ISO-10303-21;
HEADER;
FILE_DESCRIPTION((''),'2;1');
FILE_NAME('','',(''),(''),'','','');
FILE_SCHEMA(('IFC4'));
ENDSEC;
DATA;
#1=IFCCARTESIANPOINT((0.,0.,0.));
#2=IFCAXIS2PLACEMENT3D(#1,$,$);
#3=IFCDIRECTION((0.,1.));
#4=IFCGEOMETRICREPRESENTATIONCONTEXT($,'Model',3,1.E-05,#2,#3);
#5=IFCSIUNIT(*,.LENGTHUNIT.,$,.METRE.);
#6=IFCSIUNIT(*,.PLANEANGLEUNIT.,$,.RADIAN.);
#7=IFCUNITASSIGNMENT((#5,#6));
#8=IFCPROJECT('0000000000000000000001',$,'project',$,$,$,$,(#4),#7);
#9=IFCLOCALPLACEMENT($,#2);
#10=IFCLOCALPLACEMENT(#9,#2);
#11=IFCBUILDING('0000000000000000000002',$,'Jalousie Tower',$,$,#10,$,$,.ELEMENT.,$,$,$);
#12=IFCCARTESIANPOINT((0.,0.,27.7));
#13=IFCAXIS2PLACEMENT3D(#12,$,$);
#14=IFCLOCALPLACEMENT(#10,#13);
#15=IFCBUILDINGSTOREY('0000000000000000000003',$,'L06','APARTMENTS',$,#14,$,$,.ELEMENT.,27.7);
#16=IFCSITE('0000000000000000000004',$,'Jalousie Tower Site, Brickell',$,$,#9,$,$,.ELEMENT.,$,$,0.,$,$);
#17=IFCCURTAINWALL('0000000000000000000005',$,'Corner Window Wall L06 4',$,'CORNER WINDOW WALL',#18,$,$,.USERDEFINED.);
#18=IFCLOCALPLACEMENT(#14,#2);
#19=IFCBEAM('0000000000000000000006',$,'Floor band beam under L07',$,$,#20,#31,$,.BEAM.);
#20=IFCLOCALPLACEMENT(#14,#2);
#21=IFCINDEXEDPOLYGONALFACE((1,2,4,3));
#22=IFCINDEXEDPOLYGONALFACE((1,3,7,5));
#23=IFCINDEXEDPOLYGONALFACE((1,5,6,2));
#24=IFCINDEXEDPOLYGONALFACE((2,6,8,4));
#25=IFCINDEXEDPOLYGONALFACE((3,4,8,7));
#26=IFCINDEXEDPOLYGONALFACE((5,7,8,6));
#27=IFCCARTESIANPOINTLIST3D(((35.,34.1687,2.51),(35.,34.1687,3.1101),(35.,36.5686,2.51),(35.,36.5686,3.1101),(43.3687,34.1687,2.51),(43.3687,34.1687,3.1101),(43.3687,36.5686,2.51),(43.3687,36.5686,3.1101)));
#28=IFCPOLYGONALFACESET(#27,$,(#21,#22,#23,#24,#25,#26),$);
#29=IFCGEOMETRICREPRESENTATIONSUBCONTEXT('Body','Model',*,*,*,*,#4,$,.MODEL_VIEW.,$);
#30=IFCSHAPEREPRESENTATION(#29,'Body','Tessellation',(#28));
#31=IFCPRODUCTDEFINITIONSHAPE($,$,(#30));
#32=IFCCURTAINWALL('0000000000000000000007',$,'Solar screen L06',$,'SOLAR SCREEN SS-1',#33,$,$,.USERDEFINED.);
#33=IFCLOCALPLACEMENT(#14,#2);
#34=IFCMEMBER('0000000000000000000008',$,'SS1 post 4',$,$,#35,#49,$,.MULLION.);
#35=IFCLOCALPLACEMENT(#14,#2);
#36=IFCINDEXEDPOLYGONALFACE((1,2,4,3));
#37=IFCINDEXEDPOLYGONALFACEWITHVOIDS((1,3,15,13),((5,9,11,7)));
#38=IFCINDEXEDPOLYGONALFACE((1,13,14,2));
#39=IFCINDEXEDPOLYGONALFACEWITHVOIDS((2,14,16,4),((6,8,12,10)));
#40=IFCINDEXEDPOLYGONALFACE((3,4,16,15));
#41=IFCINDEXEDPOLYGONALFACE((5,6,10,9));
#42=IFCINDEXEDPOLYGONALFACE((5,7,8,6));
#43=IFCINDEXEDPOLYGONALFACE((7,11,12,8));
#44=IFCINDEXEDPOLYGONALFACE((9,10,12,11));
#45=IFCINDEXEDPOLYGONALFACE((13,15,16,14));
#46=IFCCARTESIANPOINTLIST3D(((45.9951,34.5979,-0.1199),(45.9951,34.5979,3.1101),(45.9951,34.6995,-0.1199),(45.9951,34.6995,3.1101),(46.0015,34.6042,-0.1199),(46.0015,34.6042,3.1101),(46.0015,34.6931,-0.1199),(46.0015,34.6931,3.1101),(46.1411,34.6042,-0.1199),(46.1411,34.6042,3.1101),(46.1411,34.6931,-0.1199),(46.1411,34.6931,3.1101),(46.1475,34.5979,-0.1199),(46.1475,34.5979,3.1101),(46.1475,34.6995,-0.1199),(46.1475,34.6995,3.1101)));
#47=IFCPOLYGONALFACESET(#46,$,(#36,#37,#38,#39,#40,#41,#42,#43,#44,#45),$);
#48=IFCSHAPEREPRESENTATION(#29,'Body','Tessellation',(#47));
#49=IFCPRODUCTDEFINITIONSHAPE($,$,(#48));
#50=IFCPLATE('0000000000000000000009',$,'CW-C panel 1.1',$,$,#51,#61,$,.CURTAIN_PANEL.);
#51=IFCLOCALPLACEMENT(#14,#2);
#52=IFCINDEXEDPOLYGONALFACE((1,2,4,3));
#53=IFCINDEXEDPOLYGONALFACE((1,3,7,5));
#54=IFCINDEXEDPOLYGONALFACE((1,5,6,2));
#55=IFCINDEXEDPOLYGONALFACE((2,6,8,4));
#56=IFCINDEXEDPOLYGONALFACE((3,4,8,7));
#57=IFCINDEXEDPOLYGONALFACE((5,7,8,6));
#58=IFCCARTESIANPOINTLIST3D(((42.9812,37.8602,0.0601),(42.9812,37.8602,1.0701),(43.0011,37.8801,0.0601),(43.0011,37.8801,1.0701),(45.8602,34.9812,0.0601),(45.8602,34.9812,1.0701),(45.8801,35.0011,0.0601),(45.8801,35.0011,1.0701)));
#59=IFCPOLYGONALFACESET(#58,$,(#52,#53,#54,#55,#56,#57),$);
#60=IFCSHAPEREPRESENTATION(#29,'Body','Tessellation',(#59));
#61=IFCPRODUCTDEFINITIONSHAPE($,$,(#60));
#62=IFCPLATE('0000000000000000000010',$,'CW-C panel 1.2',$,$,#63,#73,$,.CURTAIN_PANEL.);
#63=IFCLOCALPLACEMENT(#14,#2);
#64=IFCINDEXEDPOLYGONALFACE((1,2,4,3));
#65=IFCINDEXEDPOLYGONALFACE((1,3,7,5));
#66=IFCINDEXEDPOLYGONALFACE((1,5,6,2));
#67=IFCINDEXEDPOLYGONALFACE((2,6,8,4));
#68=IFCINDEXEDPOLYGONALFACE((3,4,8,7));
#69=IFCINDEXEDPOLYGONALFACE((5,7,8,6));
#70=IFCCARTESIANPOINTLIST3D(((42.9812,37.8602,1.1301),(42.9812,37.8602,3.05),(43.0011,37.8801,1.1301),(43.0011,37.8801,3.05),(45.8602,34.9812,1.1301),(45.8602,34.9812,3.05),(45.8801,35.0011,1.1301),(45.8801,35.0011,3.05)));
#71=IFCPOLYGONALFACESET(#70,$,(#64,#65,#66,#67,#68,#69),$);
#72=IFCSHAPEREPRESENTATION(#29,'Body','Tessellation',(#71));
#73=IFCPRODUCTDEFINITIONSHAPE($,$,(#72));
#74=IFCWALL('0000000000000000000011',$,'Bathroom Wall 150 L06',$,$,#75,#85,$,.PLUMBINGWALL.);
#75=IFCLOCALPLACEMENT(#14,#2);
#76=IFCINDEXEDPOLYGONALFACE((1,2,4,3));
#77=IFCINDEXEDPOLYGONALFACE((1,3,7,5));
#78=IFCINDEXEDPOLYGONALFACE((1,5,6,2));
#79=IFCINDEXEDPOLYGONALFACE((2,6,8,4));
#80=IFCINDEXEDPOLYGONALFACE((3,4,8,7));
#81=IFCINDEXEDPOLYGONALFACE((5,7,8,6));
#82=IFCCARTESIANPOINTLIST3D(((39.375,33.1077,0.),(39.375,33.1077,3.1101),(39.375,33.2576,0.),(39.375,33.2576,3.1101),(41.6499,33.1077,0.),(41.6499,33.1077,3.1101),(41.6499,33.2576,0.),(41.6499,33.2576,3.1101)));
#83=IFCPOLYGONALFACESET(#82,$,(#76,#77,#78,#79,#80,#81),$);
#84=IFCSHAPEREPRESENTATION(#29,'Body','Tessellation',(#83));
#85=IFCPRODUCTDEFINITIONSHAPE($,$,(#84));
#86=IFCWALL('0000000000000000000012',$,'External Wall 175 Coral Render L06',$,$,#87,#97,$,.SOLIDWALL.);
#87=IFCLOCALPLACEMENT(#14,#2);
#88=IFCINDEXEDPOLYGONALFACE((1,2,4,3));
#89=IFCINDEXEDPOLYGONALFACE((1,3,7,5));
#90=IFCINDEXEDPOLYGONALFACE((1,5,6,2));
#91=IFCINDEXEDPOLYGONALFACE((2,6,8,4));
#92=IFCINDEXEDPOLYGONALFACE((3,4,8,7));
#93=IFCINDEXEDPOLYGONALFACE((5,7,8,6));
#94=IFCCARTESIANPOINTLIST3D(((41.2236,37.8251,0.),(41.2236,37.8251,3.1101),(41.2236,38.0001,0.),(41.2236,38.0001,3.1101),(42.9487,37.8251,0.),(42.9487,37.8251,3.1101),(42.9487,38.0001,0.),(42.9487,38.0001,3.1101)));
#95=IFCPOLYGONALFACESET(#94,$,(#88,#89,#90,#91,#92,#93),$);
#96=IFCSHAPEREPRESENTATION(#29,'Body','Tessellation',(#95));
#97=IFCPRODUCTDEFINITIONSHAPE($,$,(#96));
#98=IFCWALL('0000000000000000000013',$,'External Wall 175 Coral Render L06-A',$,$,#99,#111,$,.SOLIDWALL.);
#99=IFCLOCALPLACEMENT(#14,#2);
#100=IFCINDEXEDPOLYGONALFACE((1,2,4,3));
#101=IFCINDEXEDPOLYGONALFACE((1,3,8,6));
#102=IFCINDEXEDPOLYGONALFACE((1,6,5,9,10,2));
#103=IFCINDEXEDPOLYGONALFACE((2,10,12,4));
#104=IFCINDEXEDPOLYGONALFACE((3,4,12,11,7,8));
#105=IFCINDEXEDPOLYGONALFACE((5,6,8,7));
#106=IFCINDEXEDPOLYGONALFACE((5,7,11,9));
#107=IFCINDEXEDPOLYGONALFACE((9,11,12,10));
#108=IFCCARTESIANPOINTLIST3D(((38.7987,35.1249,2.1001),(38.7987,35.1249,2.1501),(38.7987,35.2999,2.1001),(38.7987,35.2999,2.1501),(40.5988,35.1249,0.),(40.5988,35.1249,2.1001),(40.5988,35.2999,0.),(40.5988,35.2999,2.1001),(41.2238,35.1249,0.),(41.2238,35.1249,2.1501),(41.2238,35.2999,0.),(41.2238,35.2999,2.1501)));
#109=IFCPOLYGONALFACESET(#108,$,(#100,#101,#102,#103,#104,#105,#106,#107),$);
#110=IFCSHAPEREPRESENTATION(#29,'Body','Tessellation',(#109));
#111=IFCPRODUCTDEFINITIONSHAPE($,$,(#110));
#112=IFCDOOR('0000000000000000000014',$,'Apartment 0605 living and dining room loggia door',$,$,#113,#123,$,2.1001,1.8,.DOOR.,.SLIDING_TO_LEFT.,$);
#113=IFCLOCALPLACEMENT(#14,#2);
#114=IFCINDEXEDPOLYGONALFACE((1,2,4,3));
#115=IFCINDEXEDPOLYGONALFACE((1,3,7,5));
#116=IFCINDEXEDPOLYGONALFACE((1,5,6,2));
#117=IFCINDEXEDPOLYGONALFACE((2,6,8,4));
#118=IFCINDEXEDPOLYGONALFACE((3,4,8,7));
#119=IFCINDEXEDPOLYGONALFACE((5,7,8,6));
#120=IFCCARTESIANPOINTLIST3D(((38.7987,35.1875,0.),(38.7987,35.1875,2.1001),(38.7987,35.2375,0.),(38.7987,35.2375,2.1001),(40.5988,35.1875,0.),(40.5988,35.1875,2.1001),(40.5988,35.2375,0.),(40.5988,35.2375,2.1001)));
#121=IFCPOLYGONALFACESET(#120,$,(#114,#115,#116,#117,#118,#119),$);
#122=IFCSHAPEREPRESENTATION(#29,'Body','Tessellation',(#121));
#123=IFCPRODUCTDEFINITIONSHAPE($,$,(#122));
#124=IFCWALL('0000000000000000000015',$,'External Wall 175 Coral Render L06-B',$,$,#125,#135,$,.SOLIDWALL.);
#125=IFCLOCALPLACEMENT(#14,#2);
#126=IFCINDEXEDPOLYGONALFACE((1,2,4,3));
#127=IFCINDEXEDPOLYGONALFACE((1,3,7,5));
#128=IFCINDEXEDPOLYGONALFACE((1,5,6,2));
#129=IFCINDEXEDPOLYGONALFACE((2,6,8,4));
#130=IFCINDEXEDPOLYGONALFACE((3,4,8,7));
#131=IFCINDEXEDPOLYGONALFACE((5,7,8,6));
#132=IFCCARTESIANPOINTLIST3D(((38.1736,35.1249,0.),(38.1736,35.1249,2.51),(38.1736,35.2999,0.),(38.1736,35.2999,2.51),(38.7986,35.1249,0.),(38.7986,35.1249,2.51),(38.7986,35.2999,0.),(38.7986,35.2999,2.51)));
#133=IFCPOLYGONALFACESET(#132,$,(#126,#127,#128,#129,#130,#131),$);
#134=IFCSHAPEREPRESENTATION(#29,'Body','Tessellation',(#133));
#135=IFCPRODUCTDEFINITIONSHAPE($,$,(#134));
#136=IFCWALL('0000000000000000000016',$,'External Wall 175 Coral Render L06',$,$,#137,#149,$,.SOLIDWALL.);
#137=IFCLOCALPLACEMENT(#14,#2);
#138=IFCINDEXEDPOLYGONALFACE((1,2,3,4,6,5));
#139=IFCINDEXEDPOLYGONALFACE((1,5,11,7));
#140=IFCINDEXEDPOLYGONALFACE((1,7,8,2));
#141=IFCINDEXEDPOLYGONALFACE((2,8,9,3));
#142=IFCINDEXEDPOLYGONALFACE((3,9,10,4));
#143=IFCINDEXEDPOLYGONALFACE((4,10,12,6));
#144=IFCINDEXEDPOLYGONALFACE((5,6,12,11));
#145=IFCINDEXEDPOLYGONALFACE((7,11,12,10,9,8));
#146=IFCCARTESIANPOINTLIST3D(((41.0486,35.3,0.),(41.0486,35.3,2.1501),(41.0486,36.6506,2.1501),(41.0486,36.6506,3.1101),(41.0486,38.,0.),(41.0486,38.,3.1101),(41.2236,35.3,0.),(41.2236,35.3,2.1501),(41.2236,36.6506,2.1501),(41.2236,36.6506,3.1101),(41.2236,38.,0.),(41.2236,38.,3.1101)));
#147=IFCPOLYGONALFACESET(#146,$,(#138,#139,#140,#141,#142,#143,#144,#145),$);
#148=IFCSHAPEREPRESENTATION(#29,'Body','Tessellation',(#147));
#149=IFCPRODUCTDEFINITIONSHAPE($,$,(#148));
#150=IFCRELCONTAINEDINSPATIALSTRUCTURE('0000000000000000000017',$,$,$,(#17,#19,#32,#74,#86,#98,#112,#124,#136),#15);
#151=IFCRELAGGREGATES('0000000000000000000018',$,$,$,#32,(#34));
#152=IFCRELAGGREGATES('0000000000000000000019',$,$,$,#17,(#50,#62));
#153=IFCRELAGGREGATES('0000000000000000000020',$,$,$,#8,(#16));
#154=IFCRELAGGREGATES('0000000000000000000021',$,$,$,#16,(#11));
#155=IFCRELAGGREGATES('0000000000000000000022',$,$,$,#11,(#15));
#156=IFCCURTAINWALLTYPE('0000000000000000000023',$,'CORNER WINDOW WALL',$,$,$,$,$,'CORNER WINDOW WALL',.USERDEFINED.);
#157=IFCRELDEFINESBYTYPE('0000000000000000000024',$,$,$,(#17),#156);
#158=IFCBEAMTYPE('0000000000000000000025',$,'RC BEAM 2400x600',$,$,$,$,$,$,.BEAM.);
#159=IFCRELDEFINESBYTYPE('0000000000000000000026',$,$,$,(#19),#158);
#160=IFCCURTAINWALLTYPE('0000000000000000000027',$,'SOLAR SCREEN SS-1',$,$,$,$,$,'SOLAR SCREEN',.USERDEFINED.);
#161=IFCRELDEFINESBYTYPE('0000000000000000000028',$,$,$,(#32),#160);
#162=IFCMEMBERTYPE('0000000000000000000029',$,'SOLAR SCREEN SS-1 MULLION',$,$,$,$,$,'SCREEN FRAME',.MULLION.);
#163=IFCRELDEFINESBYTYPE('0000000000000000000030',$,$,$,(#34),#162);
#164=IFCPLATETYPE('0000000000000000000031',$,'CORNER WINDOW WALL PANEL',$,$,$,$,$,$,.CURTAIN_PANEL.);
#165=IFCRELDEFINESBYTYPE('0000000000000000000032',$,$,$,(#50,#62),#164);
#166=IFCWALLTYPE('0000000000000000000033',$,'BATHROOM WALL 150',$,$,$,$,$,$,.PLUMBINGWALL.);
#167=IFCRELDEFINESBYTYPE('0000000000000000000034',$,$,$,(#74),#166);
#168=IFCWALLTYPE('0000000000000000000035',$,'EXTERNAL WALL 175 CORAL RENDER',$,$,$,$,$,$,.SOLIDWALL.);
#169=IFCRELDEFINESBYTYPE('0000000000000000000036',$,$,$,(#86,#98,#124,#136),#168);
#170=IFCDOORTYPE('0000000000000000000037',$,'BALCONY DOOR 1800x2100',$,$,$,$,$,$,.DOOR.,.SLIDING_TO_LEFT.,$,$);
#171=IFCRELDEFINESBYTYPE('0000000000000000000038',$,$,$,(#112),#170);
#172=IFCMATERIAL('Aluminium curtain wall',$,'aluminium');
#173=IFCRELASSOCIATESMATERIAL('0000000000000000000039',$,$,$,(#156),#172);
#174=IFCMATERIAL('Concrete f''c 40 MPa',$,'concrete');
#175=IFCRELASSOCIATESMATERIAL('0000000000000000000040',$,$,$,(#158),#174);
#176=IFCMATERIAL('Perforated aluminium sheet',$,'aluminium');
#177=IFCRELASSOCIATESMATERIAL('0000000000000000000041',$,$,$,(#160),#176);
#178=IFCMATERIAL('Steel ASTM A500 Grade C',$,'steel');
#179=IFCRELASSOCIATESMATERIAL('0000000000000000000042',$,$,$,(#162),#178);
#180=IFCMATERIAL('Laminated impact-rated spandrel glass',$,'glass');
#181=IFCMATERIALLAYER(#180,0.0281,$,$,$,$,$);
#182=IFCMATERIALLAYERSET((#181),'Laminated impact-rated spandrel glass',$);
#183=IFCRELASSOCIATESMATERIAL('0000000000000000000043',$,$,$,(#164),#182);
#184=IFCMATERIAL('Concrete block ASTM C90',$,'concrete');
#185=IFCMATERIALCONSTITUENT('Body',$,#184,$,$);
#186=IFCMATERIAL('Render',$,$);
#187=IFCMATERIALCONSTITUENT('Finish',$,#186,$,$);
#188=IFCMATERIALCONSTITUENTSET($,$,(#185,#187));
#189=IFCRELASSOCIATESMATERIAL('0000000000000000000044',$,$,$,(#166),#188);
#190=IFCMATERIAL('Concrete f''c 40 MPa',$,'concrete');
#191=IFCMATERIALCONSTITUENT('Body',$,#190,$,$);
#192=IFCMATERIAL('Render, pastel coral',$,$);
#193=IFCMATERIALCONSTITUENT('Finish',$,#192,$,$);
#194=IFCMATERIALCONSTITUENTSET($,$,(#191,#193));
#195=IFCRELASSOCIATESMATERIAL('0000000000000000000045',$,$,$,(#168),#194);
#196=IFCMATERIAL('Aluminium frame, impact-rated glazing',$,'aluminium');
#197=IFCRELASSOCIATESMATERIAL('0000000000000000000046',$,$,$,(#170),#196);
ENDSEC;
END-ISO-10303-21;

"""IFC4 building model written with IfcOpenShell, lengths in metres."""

from ifc_helpers import new_model, si_unit, direction, frame, frame_2d, origin, origin_2d, place, context, subcontext, project, spatial, polyline, rectangle, hollow_rectangle, outline, extrude, material, layer, layer_set, constituent, constituent_set, material_profile, profile_set, type_object, element, fill, aggregate, save


model = new_model("IFC4")

# Units and contexts
model_context = context("Model", 3, precision=1e-05, world=origin(), true_north=direction((0.0, 1.0)))
body_context = subcontext(model_context, "Body", "Model", "MODEL_VIEW")
ifc_project = project(units=[si_unit("LENGTHUNIT", "METRE"), si_unit("PLANEANGLEUNIT", "RADIAN")], contexts=[model_context])

# Site, building, storey
site_placement = place(None, origin())
site = spatial("IfcSite", under=ifc_project, at=site_placement, Name="Jalousie Tower Site, Brickell", CompositionType="ELEMENT", RefElevation=0.0)
building_placement = place(site_placement, origin())
building = spatial("IfcBuilding", under=site, at=building_placement, Name="Jalousie Tower", CompositionType="ELEMENT")
storey_placement = place(building_placement, frame((0.0, 0.0, 27.7)))
storey = spatial("IfcBuildingStorey", under=building, at=storey_placement, Name="L06", Description="APARTMENTS", CompositionType="ELEMENT", Elevation=27.7)

# Curtain wall
ifc_material_1 = material(Name="Aluminium curtain wall", Category="aluminium")
curtain_wall_type_1 = type_object("IfcCurtainWallType", Name="CORNER WINDOW WALL", ElementType="CORNER WINDOW WALL", PredefinedType="USERDEFINED", material=ifc_material_1)
curtain_wall_1_placement = place(storey_placement, origin())
curtain_wall_1 = element("IfcCurtainWall", 1, at=curtain_wall_1_placement, inside=storey, type_object=curtain_wall_type_1, Name="Corner Window Wall L06 4", ObjectType="CORNER WINDOW WALL", PredefinedType="USERDEFINED")

# Beam
ifc_material_2 = material(Name="Concrete f'c 40 MPa", Category="concrete")
ifc_material_profile_1 = material_profile(ifc_material_2, rectangle(XDim=2.3999, YDim=0.6001, at=origin_2d()), Name="RC 2400x600")
ifc_profile_set_1 = profile_set([ifc_material_profile_1], Name="Concrete f'c 40 MPa")
beam_type_1 = type_object("IfcBeamType", Name="RC BEAM 2400x600", PredefinedType="BEAM", material=ifc_profile_set_1)
beam_1_placement = place(storey_placement, frame((43.3687, 35.3687, 2.8101), z_axis=(-1.0, 0.0, 0.0), x_axis=(0.0, -1.0, 0.0)))
element("IfcBeam", 2, at=beam_1_placement, inside=storey, type_object=beam_type_1, Name="Floor band beam under L07", PredefinedType="BEAM", context=body_context, shape_type="SweptSolid", body=[
    extrude(rectangle(XDim=2.3999, YDim=0.6001, at=origin_2d()), origin(), (0.0, 0.0, 1.0), 8.3687),
])

# Curtain wall, member
ifc_material_3 = material(Name="Perforated aluminium sheet", Category="aluminium")
curtain_wall_type_2 = type_object("IfcCurtainWallType", Name="SOLAR SCREEN SS-1", ElementType="SOLAR SCREEN", PredefinedType="USERDEFINED", material=ifc_material_3)
curtain_wall_2_placement = place(storey_placement, origin())
curtain_wall_2 = element("IfcCurtainWall", 3, at=curtain_wall_2_placement, inside=storey, type_object=curtain_wall_type_2, Name="Solar screen L06", ObjectType="SOLAR SCREEN SS-1", PredefinedType="USERDEFINED")
ifc_material_4 = material(Name="Steel ASTM A500 Grade C", Category="steel")
ifc_material_profile_2 = material_profile(ifc_material_4, hollow_rectangle(XDim=0.1016, YDim=0.1523, WallThickness=0.0063, at=origin_2d()), Name="HSS6X4X1/4")
ifc_profile_set_2 = profile_set([ifc_material_profile_2], Name="Steel ASTM A500 Grade C")
member_type_1 = type_object("IfcMemberType", Name="SOLAR SCREEN SS-1 MULLION", ElementType="SCREEN FRAME", PredefinedType="MULLION", material=ifc_profile_set_2)
member_1_placement = place(storey_placement, frame((46.0713, 34.6487, -0.1199), z_axis=(0.0, 0.0, 1.0), x_axis=(0.0, 1.0, 0.0)))
member_1 = element("IfcMember", 4, at=member_1_placement, type_object=member_type_1, Name="SS1 post 4", PredefinedType="MULLION", context=body_context, shape_type="SweptSolid", body=[
    extrude(hollow_rectangle(XDim=0.1016, YDim=0.1523, WallThickness=0.0063, at=origin_2d()), origin(), (0.0, 0.0, 1.0), 3.23),
])
aggregate(curtain_wall_2, [member_1])

# Plates
ifc_material_5 = material(Name="Laminated impact-rated spandrel glass", Category="glass")
ifc_layer_1 = layer(ifc_material_5, 0.0281)
ifc_layer_set_1 = layer_set([ifc_layer_1], Name="Laminated impact-rated spandrel glass")
plate_type = type_object("IfcPlateType", Name="CORNER WINDOW WALL PANEL", PredefinedType="CURTAIN_PANEL", material=ifc_layer_set_1)
plate_1_placement = place(storey_placement, frame((44.4307, 36.4307, 0.0601), z_axis=(0.0, 0.0, 1.0), x_axis=(-0.707107, 0.707107, 0.0)))
plate_1 = element("IfcPlate", 5, at=plate_1_placement, type_object=plate_type, Name="CW-C panel 1.1", PredefinedType="CURTAIN_PANEL", context=body_context, shape_type="SweptSolid", body=[
    extrude(rectangle(XDim=4.0715, YDim=0.0281, at=origin_2d()), origin(), (0.0, 0.0, 1.0), 1.01),
])
plate_2_placement = place(storey_placement, frame((44.4307, 36.4307, 1.1301), z_axis=(0.0, 0.0, 1.0), x_axis=(-0.707107, 0.707107, 0.0)))
plate_2 = element("IfcPlate", 6, at=plate_2_placement, type_object=plate_type, Name="CW-C panel 1.2", PredefinedType="CURTAIN_PANEL", context=body_context, shape_type="SweptSolid", body=[
    extrude(rectangle(XDim=4.0715, YDim=0.0281, at=origin_2d()), origin(), (0.0, 0.0, 1.0), 1.9199),
])
aggregate(curtain_wall_1, [plate_1, plate_2])

# Walls
ifc_material_6 = material(Name="Concrete block ASTM C90", Category="concrete")
ifc_constituent_1 = constituent(ifc_material_6, Name="Body")
ifc_material_7 = material(Name="Render")
ifc_constituent_2 = constituent(ifc_material_7, Name="Finish")
ifc_constituent_set_1 = constituent_set(constituents=[ifc_constituent_1, ifc_constituent_2])
wall_type_1 = type_object("IfcWallType", Name="BATHROOM WALL 150", PredefinedType="PLUMBINGWALL", material=ifc_constituent_set_1)
wall_1_placement = place(storey_placement, frame((39.375, 33.1826, 0.0), z_axis=(0.0, 0.0, 1.0), x_axis=(1.0, 0.0, 0.0)))
element("IfcWall", 7, at=wall_1_placement, inside=storey, type_object=wall_type_1, Name="Bathroom Wall 150 L06", PredefinedType="PLUMBINGWALL", context=body_context, shape_type="SweptSolid", body=[
    extrude(rectangle(XDim=2.2749, YDim=0.1499, at=frame_2d((1.1375, 0.0))), origin(), (0.0, 0.0, 1.0), 3.1101),
])
ifc_material_8 = material(Name="Concrete f'c 40 MPa", Category="concrete")
ifc_constituent_3 = constituent(ifc_material_8, Name="Body")
ifc_material_9 = material(Name="Render, pastel coral")
ifc_constituent_4 = constituent(ifc_material_9, Name="Finish")
ifc_constituent_set_2 = constituent_set(constituents=[ifc_constituent_3, ifc_constituent_4])
wall_type_2 = type_object("IfcWallType", Name="EXTERNAL WALL 175 CORAL RENDER", PredefinedType="SOLIDWALL", material=ifc_constituent_set_2)
wall_2_placement = place(storey_placement, frame((42.9487, 37.9126, 0.0), z_axis=(0.0, 0.0, 1.0), x_axis=(-1.0, 0.0, 0.0)))
element("IfcWall", 8, at=wall_2_placement, inside=storey, type_object=wall_type_2, Name="External Wall 175 Coral Render L06", PredefinedType="SOLIDWALL", context=body_context, shape_type="SweptSolid", body=[
    extrude(rectangle(XDim=1.7251, YDim=0.175, at=frame_2d((0.8625, 0.0))), origin(), (0.0, 0.0, 1.0), 3.1101),
])

# Wall, opening, door
wall_3_placement = place(storey_placement, frame((41.2236, 35.2124, 0.0), z_axis=(0.0, 0.0, 1.0), x_axis=(-1.0, 0.0, 0.0)))
wall_3 = element("IfcWall", 9, at=wall_3_placement, inside=storey, type_object=wall_type_2, Name="External Wall 175 Coral Render L06-A", PredefinedType="SOLIDWALL", context=body_context, shape_type="SweptSolid", body=[
    extrude(rectangle(XDim=2.425, YDim=0.175, at=frame_2d((1.2124, 0.0))), origin(), (0.0, 0.0, 1.0), 2.1501),
])
opening_1_placement = place(wall_3_placement, frame((0.625, 0.0, 0.0)))
opening_1 = element("IfcOpeningElement", 10, at=opening_1_placement, cuts=wall_3, PredefinedType="OPENING", context=body_context, shape_type="SweptSolid", body=[
    extrude(rectangle(XDim=1.8, YDim=2.1001, at=frame_2d((0.8999, 1.05))), frame((0.0, 0.0974, 0.0), z_axis=(0.0, -1.0, 0.0), x_axis=(1.0, 0.0, 0.0)), (0.0, 0.0, 1.0), 0.1951),
])
ifc_material_10 = material(Name="Aluminium frame, impact-rated glazing", Category="aluminium")
door_type_1 = type_object("IfcDoorType", Name="BALCONY DOOR 1800x2100", OperationType="SLIDING_TO_LEFT", PredefinedType="DOOR", material=ifc_material_10)
door_1_placement = place(opening_1_placement, origin())
door_1 = element("IfcDoor", 11, at=door_1_placement, inside=storey, type_object=door_type_1, Name="Apartment 0605 living and dining room loggia door", OperationType="SLIDING_TO_LEFT", OverallHeight=2.1001, OverallWidth=1.8, PredefinedType="DOOR", context=body_context, shape_type="SweptSolid", body=[
    extrude(rectangle(XDim=1.8, YDim=2.1001, at=frame_2d((0.8999, 1.05))), frame((0.0, 0.0249, 0.0), z_axis=(0.0, -1.0, 0.0), x_axis=(1.0, 0.0, 0.0)), (0.0, 0.0, 1.0), 0.05),
])
fill(opening_1, door_1)

# Walls
wall_4_placement = place(storey_placement, frame((38.7986, 35.2124, 0.0), z_axis=(0.0, 0.0, 1.0), x_axis=(-1.0, 0.0, 0.0)))
element("IfcWall", 12, at=wall_4_placement, inside=storey, type_object=wall_type_2, Name="External Wall 175 Coral Render L06-B", PredefinedType="SOLIDWALL", context=body_context, shape_type="SweptSolid", body=[
    extrude(rectangle(XDim=0.625, YDim=0.175, at=frame_2d((0.3125, 0.0))), origin(), (0.0, 0.0, 1.0), 2.51),
])
wall_5_placement = place(storey_placement, frame((41.1362, 38.0, 0.0), z_axis=(0.0, 0.0, 1.0), x_axis=(0.0, -1.0, 0.0)))
element("IfcWall", 13, at=wall_5_placement, inside=storey, type_object=wall_type_2, Name="External Wall 175 Coral Render L06", PredefinedType="SOLIDWALL", context=body_context, shape_type="SweptSolid", body=[
    extrude(outline(polyline([(0.0, 0.0), (2.7, 0.0), (2.7, 2.1501), (1.3494, 2.1501), (1.3494, 3.1101), (0.0, 3.1101), (0.0, 0.0)])), frame((0.0, 0.0874, 0.0), z_axis=(0.0, -1.0, 0.0), x_axis=(1.0, 0.0, 0.0)), (0.0, 0.0, 1.0), 0.175),
])

save(model, "model.ifc")
